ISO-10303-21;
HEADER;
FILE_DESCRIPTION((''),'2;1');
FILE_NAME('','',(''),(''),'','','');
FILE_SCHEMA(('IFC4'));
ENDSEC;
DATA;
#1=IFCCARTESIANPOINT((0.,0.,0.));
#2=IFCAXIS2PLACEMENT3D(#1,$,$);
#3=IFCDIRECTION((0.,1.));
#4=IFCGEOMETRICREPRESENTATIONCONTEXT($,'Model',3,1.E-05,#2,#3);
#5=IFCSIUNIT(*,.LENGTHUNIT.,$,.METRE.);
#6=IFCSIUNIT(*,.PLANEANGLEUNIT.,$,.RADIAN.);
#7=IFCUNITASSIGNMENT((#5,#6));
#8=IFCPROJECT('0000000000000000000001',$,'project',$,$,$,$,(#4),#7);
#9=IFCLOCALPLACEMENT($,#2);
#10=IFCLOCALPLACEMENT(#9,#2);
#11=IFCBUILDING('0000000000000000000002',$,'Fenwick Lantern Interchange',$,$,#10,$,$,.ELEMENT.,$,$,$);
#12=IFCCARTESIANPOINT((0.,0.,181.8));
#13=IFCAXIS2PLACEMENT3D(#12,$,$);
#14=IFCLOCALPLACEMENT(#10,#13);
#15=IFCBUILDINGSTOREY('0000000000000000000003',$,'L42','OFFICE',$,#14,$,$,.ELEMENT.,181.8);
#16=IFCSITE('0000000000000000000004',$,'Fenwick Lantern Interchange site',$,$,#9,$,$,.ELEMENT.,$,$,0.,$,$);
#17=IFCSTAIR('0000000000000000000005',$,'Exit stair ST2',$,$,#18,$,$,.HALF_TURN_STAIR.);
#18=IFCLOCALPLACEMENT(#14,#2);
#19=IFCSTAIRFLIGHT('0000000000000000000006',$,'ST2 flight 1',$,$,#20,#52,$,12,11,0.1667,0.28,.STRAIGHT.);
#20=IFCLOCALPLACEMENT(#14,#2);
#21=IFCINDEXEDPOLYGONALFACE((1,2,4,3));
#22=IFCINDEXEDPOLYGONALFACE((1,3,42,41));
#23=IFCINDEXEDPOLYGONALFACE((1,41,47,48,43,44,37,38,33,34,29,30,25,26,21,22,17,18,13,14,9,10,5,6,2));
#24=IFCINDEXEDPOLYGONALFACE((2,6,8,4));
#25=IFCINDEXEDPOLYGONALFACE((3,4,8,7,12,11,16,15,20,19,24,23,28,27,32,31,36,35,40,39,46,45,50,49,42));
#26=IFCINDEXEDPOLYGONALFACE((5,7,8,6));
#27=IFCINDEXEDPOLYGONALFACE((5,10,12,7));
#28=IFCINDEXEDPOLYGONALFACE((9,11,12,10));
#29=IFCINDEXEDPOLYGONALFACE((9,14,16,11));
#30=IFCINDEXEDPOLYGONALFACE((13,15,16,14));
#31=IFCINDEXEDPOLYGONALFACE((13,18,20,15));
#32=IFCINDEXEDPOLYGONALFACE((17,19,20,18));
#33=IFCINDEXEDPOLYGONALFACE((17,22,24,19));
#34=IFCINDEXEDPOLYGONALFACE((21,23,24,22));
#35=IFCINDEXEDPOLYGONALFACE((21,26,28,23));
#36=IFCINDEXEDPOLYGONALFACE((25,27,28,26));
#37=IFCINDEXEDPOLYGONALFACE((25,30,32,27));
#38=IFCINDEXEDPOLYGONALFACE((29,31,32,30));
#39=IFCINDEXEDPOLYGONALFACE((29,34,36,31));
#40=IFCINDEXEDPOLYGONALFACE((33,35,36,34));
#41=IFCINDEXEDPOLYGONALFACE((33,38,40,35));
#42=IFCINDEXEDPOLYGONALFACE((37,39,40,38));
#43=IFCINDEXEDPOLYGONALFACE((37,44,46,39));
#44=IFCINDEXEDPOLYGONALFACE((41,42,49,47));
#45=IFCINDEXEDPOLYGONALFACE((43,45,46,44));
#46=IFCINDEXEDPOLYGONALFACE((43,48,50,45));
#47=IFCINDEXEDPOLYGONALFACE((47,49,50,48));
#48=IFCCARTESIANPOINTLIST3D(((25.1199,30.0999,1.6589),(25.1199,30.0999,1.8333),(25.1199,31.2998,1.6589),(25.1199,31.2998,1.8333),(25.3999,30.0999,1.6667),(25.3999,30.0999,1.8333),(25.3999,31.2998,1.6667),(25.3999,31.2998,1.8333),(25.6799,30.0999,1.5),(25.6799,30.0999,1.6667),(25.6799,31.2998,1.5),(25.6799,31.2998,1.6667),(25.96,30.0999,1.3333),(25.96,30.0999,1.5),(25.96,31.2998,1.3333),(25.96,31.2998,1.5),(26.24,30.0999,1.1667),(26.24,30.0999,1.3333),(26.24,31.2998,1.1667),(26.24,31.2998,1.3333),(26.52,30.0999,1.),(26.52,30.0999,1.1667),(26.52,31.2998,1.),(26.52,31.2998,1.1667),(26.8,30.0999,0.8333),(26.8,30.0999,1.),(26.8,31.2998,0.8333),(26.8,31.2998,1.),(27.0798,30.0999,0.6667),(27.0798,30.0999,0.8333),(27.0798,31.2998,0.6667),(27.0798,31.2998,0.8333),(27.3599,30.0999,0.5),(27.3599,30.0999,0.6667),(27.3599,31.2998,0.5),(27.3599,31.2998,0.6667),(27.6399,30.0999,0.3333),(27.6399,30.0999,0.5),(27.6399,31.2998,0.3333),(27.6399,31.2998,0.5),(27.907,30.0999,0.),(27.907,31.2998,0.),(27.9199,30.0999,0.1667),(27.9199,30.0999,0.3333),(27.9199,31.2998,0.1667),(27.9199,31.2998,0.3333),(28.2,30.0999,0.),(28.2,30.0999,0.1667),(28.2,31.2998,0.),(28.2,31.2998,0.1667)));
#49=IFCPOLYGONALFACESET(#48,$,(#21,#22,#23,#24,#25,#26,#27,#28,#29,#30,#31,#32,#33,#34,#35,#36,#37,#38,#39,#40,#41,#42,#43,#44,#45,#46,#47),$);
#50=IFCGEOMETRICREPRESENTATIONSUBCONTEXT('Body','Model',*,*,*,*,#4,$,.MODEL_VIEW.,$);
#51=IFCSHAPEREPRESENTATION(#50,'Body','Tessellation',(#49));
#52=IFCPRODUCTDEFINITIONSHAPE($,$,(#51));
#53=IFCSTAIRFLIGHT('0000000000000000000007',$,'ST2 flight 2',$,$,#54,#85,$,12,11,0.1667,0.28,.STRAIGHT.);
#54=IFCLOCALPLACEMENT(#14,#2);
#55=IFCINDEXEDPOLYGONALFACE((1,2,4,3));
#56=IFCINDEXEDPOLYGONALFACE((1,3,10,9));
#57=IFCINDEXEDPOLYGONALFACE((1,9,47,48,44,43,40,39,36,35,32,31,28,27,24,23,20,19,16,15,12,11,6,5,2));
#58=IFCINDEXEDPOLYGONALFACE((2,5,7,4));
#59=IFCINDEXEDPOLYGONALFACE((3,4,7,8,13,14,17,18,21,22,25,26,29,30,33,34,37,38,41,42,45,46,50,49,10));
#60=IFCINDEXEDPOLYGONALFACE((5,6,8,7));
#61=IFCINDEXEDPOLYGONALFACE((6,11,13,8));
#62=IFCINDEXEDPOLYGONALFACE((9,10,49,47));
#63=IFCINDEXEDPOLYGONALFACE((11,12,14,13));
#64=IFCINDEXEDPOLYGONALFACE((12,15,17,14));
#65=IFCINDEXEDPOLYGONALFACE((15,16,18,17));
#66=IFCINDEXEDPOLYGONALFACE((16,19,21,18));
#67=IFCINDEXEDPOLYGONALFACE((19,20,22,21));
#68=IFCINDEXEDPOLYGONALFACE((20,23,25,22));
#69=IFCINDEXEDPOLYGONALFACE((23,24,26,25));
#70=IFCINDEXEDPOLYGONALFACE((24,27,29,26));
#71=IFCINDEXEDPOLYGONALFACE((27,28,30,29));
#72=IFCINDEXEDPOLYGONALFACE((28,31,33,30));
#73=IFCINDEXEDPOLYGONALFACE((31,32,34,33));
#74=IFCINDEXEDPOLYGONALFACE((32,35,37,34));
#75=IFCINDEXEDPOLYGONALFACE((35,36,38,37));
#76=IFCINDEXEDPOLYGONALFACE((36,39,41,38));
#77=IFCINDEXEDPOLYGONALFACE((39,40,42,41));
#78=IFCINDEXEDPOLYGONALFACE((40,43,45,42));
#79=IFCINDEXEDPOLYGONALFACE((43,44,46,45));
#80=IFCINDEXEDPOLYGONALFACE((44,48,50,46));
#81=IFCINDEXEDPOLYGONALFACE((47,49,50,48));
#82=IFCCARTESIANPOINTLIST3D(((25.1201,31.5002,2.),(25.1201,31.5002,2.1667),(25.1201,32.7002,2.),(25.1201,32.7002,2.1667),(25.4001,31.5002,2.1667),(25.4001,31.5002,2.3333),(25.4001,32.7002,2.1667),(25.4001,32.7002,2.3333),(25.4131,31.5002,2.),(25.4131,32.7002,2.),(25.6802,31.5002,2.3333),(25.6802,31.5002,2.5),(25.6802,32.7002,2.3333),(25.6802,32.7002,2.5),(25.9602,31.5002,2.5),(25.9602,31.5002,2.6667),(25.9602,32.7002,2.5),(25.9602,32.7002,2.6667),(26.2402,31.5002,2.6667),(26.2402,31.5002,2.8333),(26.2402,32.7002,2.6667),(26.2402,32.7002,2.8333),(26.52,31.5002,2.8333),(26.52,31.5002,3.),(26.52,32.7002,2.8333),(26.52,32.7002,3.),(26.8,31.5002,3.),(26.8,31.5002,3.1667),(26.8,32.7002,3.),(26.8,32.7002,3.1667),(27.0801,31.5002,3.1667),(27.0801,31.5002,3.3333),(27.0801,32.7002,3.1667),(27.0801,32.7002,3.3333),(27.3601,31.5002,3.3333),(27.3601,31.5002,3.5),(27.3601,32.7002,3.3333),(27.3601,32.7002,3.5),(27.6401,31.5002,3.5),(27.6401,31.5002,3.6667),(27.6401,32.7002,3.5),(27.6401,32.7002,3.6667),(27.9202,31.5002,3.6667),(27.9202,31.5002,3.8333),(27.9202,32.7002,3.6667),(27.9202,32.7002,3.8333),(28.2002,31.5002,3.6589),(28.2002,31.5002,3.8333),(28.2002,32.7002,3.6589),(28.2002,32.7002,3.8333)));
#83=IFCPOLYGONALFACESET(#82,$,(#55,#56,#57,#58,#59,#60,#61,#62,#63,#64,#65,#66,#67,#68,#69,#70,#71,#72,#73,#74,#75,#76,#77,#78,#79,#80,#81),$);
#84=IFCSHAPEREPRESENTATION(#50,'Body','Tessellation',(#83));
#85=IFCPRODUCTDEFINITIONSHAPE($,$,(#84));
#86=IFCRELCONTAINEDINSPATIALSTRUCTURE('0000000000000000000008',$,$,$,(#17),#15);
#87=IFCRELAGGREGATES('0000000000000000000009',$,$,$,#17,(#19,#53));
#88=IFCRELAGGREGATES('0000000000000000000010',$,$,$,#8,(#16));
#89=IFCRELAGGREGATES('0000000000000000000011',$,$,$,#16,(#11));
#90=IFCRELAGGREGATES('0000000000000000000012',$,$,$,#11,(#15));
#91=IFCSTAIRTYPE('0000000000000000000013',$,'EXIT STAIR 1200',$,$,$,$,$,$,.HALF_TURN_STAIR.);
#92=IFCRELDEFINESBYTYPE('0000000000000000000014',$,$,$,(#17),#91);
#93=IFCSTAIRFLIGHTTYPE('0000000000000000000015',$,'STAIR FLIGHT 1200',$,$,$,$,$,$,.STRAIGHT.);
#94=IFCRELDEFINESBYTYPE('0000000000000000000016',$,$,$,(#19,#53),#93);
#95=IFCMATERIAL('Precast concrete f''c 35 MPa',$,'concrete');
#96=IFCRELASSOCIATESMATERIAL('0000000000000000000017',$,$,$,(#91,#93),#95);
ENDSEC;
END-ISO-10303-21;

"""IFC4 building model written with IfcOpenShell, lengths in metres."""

from ifc_helpers import new_model, si_unit, direction, frame, origin, place, context, subcontext, project, spatial, polyline, outline, extrude, material, type_object, element, aggregate, save


model = new_model("IFC4")

# Units and contexts
model_context = context("Model", 3, precision=1e-05, world=origin(), true_north=direction((0.0, 1.0)))
body_context = subcontext(model_context, "Body", "Model", "MODEL_VIEW")
ifc_project = project(units=[si_unit("LENGTHUNIT", "METRE"), si_unit("PLANEANGLEUNIT", "RADIAN")], contexts=[model_context])

# Site, building, storey
site_placement = place(None, origin())
site = spatial("IfcSite", under=ifc_project, at=site_placement, Name="Fenwick Lantern Interchange site", CompositionType="ELEMENT", RefElevation=0.0)
building_placement = place(site_placement, origin())
building = spatial("IfcBuilding", under=site, at=building_placement, Name="Fenwick Lantern Interchange", CompositionType="ELEMENT")
storey_placement = place(building_placement, frame((0.0, 0.0, 181.8)))
storey = spatial("IfcBuildingStorey", under=building, at=storey_placement, Name="L42", Description="OFFICE", CompositionType="ELEMENT", Elevation=181.8)

# Stair, stair flights
ifc_material_1 = material(Name="Precast concrete f'c 35 MPa", Category="concrete")
stair_type = type_object("IfcStairType", Name="EXIT STAIR 1200", PredefinedType="HALF_TURN_STAIR", material=ifc_material_1)
stair_placement = place(storey_placement, origin())
stair = element("IfcStair", 1, at=stair_placement, inside=storey, type_object=stair_type, Name="Exit stair ST2", PredefinedType="HALF_TURN_STAIR")
stair_flight_type = type_object("IfcStairFlightType", Name="STAIR FLIGHT 1200", PredefinedType="STRAIGHT", material=ifc_material_1)
stair_flight_1_placement = place(storey_placement, frame((28.2, 30.7, 0.0), z_axis=(0.0, 0.0, 1.0), x_axis=(-1.0, 0.0, 0.0)))
stair_flight_1 = element("IfcStairFlight", 2, at=stair_flight_1_placement, type_object=stair_flight_type, Name="ST2 flight 1", NumberOfRisers=12, NumberOfTreads=11, PredefinedType="STRAIGHT", RiserHeight=0.1667, TreadLength=0.28, context=body_context, shape_type="SweptSolid", body=[
    extrude(outline(polyline([(0.0, 0.0), (0.0, 0.1667), (0.28, 0.1667), (0.28, 0.3333), (0.5601, 0.3333), (0.5601, 0.5), (0.8401, 0.5), (0.8401, 0.6667), (1.1201, 0.6667), (1.1201, 0.8333), (1.3999, 0.8333), (1.3999, 1.0), (1.6799, 1.0), (1.6799, 1.1667), (1.96, 1.1667), (1.96, 1.3333), (2.24, 1.3333), (2.24, 1.5), (2.52, 1.5), (2.52, 1.6667), (2.8, 1.6667), (2.8, 1.8333), (3.0801, 1.8333), (3.0801, 2.0), (3.0801, 1.6589), (0.293, 0.0), (0.0, 0.0)])), frame((0.0, 0.6001, 0.0), z_axis=(0.0, -1.0, 0.0), x_axis=(1.0, 0.0, 0.0)), (0.0, 0.0, 1.0), 1.2),
])
stair_flight_2_placement = place(storey_placement, frame((25.1201, 32.1001, 2.0), z_axis=(0.0, 0.0, 1.0), x_axis=(1.0, 0.0, 0.0)))
stair_flight_2 = element("IfcStairFlight", 3, at=stair_flight_2_placement, type_object=stair_flight_type, Name="ST2 flight 2", NumberOfRisers=12, NumberOfTreads=11, PredefinedType="STRAIGHT", RiserHeight=0.1667, TreadLength=0.28, context=body_context, shape_type="SweptSolid", body=[
    extrude(outline(polyline([(0.0, 0.0), (0.0, 0.1667), (0.28, 0.1667), (0.28, 0.3333), (0.5601, 0.3333), (0.5601, 0.5), (0.8401, 0.5), (0.8401, 0.6667), (1.1201, 0.6667), (1.1201, 0.8333), (1.3999, 0.8333), (1.3999, 1.0), (1.6799, 1.0), (1.6799, 1.1667), (1.96, 1.1667), (1.96, 1.3333), (2.24, 1.3333), (2.24, 1.5), (2.52, 1.5), (2.52, 1.6667), (2.8, 1.6667), (2.8, 1.8333), (3.0801, 1.8333), (3.0801, 2.0), (3.0801, 1.6589), (0.293, 0.0), (0.0, 0.0)])), frame((0.0, 0.6001, 0.0), z_axis=(0.0, -1.0, 0.0), x_axis=(1.0, 0.0, 0.0)), (0.0, 0.0, 1.0), 1.2),
])
aggregate(stair, [stair_flight_1, stair_flight_2])

save(model, "model.ifc")
